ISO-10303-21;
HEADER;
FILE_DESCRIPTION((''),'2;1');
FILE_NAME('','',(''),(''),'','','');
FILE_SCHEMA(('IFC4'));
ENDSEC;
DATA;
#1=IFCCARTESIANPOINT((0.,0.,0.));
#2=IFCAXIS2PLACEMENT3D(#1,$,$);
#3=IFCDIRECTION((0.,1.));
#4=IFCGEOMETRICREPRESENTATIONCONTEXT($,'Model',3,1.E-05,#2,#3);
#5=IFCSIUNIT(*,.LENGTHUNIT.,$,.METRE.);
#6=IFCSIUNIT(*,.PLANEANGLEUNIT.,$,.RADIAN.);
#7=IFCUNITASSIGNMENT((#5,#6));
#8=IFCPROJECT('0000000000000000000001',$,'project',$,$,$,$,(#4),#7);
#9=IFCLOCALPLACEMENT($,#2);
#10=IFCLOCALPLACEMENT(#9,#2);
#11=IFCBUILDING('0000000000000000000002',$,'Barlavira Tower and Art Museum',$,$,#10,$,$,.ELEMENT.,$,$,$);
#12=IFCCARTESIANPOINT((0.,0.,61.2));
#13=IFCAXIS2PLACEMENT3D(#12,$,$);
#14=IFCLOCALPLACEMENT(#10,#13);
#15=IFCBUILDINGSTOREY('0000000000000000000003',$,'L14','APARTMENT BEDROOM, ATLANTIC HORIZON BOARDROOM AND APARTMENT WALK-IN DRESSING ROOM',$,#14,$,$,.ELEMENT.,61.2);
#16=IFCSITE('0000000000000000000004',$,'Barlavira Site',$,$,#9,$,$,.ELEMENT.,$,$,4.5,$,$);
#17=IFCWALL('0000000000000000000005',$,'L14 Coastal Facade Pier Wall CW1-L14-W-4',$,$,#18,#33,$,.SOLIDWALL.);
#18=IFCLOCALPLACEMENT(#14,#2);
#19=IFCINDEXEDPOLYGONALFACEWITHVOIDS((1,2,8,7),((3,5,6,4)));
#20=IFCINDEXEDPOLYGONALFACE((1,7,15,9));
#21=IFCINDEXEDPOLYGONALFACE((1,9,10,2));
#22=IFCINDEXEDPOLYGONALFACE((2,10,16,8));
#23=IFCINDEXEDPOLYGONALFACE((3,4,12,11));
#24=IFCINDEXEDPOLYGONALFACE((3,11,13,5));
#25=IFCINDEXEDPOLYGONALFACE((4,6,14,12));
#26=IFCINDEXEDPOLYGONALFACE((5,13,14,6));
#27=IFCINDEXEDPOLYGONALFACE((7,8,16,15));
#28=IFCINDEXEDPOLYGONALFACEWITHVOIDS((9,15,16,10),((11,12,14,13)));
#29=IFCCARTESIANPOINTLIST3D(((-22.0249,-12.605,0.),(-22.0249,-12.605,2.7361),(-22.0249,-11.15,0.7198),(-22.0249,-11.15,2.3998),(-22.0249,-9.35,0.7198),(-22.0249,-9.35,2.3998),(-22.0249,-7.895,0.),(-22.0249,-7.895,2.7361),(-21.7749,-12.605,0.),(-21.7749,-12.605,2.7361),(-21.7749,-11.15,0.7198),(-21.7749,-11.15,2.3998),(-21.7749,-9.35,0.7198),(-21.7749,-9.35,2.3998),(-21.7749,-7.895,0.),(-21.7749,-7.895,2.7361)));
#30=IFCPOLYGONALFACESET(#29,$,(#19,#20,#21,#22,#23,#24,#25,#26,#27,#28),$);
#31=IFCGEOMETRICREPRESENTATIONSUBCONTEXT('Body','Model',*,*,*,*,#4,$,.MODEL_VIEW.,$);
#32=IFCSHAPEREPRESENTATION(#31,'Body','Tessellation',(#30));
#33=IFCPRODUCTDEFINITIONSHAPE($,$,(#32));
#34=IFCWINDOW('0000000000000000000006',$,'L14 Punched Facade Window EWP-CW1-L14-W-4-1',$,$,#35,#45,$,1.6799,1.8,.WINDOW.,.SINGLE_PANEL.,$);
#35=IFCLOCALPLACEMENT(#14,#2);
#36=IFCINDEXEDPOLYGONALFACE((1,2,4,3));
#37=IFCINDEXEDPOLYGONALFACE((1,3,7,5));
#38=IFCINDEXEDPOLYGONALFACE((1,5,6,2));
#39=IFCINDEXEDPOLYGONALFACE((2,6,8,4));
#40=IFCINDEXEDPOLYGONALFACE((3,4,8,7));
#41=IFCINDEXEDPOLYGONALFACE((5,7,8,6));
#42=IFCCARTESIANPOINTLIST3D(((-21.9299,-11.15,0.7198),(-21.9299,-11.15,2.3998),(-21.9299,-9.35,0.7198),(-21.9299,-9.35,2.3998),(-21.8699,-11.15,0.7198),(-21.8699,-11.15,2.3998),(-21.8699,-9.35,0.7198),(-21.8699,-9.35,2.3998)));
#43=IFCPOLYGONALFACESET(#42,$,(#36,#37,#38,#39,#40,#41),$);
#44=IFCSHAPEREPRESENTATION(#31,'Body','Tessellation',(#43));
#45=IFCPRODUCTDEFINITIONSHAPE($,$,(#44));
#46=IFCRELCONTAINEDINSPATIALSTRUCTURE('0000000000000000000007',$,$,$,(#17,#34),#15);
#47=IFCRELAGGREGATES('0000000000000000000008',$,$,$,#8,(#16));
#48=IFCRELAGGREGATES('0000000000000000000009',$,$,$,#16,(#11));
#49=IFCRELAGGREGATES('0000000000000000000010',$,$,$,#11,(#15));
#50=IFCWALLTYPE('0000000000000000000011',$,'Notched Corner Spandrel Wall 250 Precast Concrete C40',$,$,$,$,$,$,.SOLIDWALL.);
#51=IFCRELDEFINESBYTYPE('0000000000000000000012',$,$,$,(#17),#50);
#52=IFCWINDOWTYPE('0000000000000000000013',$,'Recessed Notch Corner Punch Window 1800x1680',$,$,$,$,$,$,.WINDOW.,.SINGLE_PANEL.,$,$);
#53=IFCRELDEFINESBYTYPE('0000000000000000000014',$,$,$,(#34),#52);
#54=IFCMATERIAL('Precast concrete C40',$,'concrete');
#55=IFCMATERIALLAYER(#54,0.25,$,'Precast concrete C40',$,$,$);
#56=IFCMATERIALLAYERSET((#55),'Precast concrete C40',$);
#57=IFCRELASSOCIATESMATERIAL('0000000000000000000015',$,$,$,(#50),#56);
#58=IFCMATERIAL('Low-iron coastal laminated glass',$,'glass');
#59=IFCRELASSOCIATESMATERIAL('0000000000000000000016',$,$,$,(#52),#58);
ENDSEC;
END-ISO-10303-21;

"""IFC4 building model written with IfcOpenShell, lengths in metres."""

from ifc_helpers import new_model, si_unit, direction, frame, frame_2d, origin, place, context, subcontext, project, spatial, rectangle, extrude, material, layer, layer_set, type_object, element, fill, save


model = new_model("IFC4")

# Units and contexts
model_context = context("Model", 3, precision=1e-05, world=origin(), true_north=direction((0.0, 1.0)))
body_context = subcontext(model_context, "Body", "Model", "MODEL_VIEW")
ifc_project = project(units=[si_unit("LENGTHUNIT", "METRE"), si_unit("PLANEANGLEUNIT", "RADIAN")], contexts=[model_context])

# Site, building, storey
site_placement = place(None, origin())
site = spatial("IfcSite", under=ifc_project, at=site_placement, Name="Barlavira Site", CompositionType="ELEMENT", RefElevation=4.5)
building_placement = place(site_placement, origin())
building = spatial("IfcBuilding", under=site, at=building_placement, Name="Barlavira Tower and Art Museum", CompositionType="ELEMENT")
storey_placement = place(building_placement, frame((0.0, 0.0, 61.2)))
storey = spatial("IfcBuildingStorey", under=building, at=storey_placement, Name="L14", Description="APARTMENT BEDROOM, ATLANTIC HORIZON BOARDROOM AND APARTMENT WALK-IN DRESSING ROOM", CompositionType="ELEMENT", Elevation=61.2)

# Shared definitions
ifc_material_1 = material(Name="Low-iron coastal laminated glass", Category="glass")

# Wall, opening, window
ifc_material_2 = material(Name="Precast concrete C40", Category="concrete")
ifc_layer_1 = layer(ifc_material_2, 0.25, Name="Precast concrete C40")
ifc_layer_set_1 = layer_set([ifc_layer_1], Name="Precast concrete C40")
wall_type_1 = type_object("IfcWallType", Name="Notched Corner Spandrel Wall 250 Precast Concrete C40", PredefinedType="SOLIDWALL", material=ifc_layer_set_1)
wall_1_placement = place(storey_placement, frame((-21.8999, -7.895, 0.0), z_axis=(0.0, 0.0, 1.0), x_axis=(0.0, -1.0, 0.0)))
wall_1 = element("IfcWall", 1, at=wall_1_placement, inside=storey, type_object=wall_type_1, Name="L14 Coastal Facade Pier Wall CW1-L14-W-4", PredefinedType="SOLIDWALL", context=body_context, shape_type="SweptSolid", body=[
    extrude(rectangle(XDim=4.71, YDim=0.25, at=frame_2d((2.355, 0.0))), origin(), (0.0, 0.0, 1.0), 2.7361),
])
opening_1_placement = place(wall_1_placement, frame((1.4551, 0.0, 0.72)))
opening_1 = element("IfcOpeningElement", 2, at=opening_1_placement, cuts=wall_1, PredefinedType="OPENING", context=body_context, shape_type="SweptSolid", body=[
    extrude(rectangle(XDim=1.8, YDim=1.6799, at=frame_2d((0.8999, 0.8398))), frame((0.0, 0.135, 0.0), z_axis=(0.0, -1.0, 0.0), x_axis=(1.0, 0.0, 0.0)), (0.0, 0.0, 1.0), 0.27),
])
window_type = type_object("IfcWindowType", Name="Recessed Notch Corner Punch Window 1800x1680", PartitioningType="SINGLE_PANEL", PredefinedType="WINDOW", material=ifc_material_1)
window_placement = place(opening_1_placement, origin())
window = element("IfcWindow", 3, at=window_placement, inside=storey, type_object=window_type, Name="L14 Punched Facade Window EWP-CW1-L14-W-4-1", OverallHeight=1.6799, OverallWidth=1.8, PartitioningType="SINGLE_PANEL", PredefinedType="WINDOW", context=body_context, shape_type="SweptSolid", body=[
    extrude(rectangle(XDim=1.8, YDim=1.6799, at=frame_2d((0.8999, 0.8398))), frame((0.0, 0.03, 0.0), z_axis=(0.0, -1.0, 0.0), x_axis=(1.0, 0.0, 0.0)), (0.0, 0.0, 1.0), 0.0601),
])
fill(opening_1, window)

save(model, "model.ifc")
